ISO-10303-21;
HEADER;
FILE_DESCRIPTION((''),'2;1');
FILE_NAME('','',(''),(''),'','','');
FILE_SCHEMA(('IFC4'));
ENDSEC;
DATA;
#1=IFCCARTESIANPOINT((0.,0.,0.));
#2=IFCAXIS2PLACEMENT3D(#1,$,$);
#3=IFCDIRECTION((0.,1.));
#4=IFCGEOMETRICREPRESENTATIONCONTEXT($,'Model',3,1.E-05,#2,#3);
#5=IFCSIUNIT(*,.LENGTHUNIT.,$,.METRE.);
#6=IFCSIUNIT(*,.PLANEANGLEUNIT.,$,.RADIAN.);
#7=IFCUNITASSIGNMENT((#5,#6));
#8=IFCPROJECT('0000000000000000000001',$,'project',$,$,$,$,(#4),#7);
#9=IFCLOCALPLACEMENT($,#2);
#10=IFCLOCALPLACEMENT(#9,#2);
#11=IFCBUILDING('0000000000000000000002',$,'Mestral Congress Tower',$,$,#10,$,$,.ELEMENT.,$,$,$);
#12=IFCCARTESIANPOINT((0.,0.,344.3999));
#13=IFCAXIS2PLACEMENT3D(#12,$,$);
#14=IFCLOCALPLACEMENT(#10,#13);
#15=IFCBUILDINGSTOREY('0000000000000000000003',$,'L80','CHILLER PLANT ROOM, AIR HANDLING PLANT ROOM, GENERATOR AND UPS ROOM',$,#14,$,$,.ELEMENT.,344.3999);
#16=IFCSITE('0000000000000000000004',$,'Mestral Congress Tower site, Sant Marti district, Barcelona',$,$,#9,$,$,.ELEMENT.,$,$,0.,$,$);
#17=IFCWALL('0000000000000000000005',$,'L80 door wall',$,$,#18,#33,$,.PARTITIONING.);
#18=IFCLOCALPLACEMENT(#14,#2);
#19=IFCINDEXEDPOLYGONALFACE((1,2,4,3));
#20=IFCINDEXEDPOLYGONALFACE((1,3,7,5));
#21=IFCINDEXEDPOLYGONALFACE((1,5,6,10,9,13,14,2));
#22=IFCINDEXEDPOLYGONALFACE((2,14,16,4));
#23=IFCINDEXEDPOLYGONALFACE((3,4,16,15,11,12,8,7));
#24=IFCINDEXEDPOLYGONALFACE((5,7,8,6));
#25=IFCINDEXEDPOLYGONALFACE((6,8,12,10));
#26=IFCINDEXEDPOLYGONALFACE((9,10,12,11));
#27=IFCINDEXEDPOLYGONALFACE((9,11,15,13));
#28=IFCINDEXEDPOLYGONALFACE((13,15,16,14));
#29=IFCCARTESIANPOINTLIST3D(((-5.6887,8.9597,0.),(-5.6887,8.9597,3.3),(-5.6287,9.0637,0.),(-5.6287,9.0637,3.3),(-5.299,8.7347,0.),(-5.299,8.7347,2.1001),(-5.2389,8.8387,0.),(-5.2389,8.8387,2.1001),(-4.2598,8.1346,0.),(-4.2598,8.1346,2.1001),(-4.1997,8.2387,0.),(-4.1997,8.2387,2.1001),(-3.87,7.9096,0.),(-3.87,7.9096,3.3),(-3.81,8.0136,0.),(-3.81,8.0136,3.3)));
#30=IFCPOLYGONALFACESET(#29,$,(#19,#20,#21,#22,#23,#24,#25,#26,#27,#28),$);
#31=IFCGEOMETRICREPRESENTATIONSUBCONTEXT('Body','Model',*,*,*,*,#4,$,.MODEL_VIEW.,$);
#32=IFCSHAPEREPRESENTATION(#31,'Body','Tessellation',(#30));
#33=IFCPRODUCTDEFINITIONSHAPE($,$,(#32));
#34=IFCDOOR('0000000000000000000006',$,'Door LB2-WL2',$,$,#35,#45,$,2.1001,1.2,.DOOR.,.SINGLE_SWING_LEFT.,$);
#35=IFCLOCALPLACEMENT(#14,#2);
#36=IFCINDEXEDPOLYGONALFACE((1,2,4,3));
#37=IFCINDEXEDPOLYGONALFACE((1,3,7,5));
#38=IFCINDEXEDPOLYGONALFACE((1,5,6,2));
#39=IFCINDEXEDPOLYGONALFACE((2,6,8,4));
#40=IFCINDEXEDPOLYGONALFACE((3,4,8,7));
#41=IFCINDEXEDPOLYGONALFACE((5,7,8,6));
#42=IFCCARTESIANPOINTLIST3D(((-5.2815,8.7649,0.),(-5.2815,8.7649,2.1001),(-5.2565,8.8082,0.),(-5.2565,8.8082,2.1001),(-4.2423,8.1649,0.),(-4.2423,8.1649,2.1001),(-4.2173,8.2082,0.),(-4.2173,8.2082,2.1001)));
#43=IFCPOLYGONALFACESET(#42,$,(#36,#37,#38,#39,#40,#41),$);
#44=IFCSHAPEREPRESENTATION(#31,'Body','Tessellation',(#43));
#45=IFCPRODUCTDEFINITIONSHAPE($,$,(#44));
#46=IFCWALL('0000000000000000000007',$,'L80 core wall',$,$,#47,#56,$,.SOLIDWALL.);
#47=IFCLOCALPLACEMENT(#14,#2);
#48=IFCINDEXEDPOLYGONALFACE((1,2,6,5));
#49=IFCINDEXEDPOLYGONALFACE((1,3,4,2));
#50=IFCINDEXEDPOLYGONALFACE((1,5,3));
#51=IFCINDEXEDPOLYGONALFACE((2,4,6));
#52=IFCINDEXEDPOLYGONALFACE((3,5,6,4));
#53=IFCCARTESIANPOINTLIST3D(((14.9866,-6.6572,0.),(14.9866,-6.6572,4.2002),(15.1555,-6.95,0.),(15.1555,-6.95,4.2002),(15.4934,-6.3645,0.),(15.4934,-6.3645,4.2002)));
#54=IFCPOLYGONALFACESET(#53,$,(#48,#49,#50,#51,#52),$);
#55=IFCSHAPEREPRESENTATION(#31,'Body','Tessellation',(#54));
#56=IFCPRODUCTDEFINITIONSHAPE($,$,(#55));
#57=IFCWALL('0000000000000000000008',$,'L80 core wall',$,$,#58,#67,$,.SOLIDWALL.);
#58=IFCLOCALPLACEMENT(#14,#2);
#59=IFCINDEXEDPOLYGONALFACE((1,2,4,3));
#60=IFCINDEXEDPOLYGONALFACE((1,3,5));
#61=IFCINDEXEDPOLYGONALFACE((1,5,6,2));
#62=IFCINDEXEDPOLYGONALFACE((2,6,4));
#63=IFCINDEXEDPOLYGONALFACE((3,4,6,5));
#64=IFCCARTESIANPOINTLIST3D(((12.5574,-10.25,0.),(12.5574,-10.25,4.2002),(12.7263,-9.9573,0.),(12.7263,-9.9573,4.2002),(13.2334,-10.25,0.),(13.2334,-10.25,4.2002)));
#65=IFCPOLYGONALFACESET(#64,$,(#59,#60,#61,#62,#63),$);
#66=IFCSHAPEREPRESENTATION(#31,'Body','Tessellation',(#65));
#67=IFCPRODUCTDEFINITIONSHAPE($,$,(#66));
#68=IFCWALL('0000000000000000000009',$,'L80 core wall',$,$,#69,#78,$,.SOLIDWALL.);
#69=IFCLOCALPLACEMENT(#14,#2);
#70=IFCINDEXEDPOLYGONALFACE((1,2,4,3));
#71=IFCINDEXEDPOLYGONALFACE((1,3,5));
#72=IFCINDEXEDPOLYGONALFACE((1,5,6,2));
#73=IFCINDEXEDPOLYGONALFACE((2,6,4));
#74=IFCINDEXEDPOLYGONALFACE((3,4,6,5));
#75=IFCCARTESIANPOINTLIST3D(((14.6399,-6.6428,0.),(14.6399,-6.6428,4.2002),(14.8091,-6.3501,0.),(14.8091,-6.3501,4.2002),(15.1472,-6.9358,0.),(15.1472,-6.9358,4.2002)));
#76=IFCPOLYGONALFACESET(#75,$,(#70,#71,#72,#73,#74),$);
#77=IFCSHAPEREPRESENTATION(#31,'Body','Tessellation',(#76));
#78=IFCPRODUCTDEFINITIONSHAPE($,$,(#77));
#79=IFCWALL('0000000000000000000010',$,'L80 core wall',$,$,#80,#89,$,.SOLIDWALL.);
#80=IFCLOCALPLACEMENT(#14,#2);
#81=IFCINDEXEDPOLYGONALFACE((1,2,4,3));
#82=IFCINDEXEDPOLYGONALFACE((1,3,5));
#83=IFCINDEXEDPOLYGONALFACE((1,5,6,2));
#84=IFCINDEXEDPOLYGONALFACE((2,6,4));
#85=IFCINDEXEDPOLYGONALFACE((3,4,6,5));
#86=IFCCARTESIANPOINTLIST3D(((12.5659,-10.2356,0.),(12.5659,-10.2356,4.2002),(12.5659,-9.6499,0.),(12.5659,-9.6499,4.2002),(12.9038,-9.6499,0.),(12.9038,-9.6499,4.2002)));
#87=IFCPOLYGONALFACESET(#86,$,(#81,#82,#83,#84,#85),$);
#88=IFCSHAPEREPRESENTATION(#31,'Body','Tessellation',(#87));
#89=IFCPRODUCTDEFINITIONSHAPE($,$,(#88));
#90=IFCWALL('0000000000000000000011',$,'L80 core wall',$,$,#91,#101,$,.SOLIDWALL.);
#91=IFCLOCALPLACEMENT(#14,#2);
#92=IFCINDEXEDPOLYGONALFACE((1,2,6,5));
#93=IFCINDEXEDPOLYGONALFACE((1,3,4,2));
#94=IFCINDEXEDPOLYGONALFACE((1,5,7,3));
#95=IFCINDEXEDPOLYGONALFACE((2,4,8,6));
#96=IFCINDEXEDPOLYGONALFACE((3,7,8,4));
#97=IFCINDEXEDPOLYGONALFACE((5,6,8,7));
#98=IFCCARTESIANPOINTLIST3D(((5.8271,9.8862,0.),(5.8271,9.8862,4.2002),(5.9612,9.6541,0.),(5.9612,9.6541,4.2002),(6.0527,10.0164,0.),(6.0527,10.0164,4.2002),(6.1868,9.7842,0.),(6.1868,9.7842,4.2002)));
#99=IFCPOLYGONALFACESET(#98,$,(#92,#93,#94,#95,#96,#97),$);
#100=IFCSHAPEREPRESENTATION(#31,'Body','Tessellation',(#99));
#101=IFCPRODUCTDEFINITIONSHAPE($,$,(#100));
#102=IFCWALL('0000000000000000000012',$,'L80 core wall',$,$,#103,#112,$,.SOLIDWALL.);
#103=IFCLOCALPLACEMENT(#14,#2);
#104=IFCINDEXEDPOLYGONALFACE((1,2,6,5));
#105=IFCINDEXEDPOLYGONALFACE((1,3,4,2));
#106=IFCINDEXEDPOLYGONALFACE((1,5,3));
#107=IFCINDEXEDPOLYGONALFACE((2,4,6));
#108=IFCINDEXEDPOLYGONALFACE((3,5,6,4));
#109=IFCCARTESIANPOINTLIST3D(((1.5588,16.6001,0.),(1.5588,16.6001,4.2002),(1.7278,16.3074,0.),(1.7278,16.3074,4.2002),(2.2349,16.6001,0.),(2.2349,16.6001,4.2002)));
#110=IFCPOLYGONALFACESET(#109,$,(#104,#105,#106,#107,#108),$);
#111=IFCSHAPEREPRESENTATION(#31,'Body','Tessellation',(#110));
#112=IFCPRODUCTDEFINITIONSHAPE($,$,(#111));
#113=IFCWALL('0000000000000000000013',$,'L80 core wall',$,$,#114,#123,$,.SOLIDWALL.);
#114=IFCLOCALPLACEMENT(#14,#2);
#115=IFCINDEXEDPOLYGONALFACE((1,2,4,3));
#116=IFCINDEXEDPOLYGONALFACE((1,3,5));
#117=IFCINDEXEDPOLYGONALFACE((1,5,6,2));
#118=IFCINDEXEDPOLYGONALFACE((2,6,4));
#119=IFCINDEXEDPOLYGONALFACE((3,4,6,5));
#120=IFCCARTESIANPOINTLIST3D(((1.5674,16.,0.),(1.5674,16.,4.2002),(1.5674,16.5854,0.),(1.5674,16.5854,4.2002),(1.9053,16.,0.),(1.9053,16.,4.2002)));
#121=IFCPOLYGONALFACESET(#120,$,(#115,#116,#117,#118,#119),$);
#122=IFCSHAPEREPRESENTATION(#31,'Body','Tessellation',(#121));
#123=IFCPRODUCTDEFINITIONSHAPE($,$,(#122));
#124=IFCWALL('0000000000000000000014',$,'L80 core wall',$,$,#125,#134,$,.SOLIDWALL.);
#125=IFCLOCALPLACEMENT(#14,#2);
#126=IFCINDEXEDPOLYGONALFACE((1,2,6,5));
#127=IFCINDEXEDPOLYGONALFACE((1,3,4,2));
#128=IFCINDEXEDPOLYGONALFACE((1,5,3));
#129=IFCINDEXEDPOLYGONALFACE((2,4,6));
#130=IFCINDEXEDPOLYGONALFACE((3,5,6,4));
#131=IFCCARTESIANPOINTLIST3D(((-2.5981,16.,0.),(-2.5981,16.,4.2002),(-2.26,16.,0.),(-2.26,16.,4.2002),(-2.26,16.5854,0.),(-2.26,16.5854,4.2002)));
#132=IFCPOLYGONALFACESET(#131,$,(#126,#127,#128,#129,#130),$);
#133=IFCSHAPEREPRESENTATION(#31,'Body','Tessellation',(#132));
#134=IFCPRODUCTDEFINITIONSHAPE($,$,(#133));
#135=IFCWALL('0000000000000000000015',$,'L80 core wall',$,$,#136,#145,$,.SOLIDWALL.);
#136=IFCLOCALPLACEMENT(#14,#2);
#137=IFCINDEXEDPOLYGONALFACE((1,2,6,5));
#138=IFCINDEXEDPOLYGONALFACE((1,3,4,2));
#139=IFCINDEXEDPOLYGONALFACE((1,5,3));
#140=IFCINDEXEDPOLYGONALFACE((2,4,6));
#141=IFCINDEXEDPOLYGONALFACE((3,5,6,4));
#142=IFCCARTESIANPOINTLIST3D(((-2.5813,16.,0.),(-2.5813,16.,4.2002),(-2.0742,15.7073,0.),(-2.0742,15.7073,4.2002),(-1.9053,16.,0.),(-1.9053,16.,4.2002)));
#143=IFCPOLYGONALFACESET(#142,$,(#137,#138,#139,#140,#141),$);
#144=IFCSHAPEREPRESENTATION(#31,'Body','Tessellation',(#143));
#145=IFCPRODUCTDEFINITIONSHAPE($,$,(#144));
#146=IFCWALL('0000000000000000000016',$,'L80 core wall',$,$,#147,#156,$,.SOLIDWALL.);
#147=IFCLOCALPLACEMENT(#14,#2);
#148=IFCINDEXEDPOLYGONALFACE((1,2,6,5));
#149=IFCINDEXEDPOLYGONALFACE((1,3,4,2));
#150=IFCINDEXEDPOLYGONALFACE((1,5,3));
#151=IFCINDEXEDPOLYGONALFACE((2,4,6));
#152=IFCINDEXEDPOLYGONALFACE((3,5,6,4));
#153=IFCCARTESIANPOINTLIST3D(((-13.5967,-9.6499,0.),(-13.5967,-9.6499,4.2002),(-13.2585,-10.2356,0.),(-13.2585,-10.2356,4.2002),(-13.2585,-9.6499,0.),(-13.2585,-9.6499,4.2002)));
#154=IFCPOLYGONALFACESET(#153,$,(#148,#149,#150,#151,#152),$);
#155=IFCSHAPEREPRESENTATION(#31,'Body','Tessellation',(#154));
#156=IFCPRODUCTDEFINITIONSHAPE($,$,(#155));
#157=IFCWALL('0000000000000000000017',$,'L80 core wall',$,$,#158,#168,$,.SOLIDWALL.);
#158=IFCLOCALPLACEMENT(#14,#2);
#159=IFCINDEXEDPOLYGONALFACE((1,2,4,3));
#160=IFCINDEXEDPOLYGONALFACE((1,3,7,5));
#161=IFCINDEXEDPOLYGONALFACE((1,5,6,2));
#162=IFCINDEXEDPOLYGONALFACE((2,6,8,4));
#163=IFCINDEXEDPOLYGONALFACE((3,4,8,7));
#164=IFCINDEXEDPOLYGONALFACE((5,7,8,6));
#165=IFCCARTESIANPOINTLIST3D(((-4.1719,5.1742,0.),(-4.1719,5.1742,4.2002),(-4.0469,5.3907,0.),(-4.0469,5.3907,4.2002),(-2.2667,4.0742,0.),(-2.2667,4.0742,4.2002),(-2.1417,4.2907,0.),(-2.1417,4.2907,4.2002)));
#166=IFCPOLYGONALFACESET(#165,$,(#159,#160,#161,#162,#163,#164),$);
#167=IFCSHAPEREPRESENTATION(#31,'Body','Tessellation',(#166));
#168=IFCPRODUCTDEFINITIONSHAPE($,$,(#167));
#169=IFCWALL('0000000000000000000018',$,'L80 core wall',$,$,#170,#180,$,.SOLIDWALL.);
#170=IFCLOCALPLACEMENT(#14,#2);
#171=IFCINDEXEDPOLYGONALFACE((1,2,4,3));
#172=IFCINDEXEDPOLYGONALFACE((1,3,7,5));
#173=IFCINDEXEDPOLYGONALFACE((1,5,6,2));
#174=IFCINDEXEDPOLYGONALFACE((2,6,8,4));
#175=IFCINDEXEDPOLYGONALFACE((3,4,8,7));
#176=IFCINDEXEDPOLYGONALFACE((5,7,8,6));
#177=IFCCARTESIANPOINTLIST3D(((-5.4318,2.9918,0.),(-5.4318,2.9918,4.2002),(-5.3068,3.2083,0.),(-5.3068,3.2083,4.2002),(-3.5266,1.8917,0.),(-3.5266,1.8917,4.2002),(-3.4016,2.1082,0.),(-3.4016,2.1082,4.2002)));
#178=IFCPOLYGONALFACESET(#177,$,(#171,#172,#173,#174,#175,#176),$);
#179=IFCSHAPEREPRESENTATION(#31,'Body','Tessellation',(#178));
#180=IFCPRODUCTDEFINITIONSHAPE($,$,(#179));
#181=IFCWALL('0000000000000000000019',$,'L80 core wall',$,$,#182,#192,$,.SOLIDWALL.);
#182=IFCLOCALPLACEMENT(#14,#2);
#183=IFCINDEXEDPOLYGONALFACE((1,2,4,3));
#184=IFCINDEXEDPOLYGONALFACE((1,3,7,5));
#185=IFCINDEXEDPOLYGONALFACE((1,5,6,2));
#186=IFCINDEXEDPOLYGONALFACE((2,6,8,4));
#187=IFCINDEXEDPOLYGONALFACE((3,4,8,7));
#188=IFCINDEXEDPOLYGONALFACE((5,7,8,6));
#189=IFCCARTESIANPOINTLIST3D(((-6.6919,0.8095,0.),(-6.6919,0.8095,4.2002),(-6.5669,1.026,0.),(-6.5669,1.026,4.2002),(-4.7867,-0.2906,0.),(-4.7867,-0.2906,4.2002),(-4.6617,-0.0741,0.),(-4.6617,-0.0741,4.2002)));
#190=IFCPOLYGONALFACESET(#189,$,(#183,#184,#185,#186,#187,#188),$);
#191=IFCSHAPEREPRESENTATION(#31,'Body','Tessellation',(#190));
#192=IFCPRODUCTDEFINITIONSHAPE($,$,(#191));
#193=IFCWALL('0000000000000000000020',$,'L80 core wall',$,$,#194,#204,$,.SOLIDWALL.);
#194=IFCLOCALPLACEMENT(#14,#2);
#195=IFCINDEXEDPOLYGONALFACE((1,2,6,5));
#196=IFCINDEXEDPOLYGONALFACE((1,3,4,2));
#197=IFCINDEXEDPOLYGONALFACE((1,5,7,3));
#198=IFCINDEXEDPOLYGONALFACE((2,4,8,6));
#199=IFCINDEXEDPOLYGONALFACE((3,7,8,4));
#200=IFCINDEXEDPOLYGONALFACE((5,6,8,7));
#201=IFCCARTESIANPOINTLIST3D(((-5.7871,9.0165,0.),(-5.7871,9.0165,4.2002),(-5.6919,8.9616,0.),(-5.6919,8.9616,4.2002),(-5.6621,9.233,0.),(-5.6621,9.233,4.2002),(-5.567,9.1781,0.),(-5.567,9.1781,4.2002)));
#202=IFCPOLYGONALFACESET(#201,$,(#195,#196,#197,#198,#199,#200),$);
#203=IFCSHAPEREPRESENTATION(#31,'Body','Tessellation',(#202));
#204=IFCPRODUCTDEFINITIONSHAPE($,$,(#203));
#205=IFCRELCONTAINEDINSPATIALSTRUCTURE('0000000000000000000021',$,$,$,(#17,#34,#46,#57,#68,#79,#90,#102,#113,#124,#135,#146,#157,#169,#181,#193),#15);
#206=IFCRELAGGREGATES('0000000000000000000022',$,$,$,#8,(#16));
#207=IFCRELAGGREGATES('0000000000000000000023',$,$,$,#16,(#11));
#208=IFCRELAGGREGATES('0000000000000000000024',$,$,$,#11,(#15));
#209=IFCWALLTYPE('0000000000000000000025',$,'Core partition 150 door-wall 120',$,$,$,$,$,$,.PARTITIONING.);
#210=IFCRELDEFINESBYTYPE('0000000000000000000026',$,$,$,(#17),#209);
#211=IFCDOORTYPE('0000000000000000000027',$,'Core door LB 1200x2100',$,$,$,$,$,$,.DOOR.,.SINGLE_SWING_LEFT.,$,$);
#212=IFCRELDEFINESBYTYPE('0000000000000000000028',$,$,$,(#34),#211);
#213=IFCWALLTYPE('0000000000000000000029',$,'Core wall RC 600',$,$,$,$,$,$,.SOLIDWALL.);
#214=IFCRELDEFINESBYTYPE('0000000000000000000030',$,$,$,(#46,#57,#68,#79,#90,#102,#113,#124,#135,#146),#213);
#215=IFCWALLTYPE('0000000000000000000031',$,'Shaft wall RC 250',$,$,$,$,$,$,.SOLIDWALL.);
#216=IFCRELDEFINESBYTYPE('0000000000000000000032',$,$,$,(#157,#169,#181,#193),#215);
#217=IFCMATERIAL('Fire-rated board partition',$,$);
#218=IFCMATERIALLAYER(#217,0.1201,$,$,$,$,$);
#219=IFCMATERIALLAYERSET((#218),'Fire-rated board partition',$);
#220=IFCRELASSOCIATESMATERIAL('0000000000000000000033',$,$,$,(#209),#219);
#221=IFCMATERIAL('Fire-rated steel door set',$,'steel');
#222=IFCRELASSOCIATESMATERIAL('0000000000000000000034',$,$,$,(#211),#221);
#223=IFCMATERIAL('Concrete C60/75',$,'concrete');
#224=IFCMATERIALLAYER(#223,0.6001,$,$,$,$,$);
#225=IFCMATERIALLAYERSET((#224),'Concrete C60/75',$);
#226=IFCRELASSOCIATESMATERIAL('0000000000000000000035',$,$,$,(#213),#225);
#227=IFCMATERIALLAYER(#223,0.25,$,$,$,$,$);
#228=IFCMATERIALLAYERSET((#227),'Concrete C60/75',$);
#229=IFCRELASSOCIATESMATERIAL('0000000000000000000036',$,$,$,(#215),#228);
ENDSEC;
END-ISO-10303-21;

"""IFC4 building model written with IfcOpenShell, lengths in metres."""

from ifc_helpers import new_model, si_unit, direction, frame, frame_2d, origin, place, context, subcontext, project, spatial, polyline, rectangle, outline, extrude, material, layer, layer_set, type_object, element, fill, save


model = new_model("IFC4")

# Units and contexts
model_context = context("Model", 3, precision=1e-05, world=origin(), true_north=direction((0.0, 1.0)))
body_context = subcontext(model_context, "Body", "Model", "MODEL_VIEW")
ifc_project = project(units=[si_unit("LENGTHUNIT", "METRE"), si_unit("PLANEANGLEUNIT", "RADIAN")], contexts=[model_context])

# Site, building, storey
site_placement = place(None, origin())
site = spatial("IfcSite", under=ifc_project, at=site_placement, Name="Mestral Congress Tower site, Sant Marti district, Barcelona", CompositionType="ELEMENT", RefElevation=0.0)
building_placement = place(site_placement, origin())
building = spatial("IfcBuilding", under=site, at=building_placement, Name="Mestral Congress Tower", CompositionType="ELEMENT")
storey_placement = place(building_placement, frame((0.0, 0.0, 344.3999)))
storey = spatial("IfcBuildingStorey", under=building, at=storey_placement, Name="L80", Description="CHILLER PLANT ROOM, AIR HANDLING PLANT ROOM, GENERATOR AND UPS ROOM", CompositionType="ELEMENT", Elevation=344.3999)

# Shared definitions
ifc_material_1 = material(Name="Concrete C60/75", Category="concrete")

# Shared definitions
placement_1 = place(storey_placement, origin())

# Shared definitions
ifc_material_2 = material(Name="Fire-rated board partition")

# Wall, opening, door
ifc_layer_1 = layer(ifc_material_2, 0.1201)
ifc_layer_set_1 = layer_set([ifc_layer_1], Name="Fire-rated board partition")
wall_type_1 = type_object("IfcWallType", Name="Core partition 150 door-wall 120", PredefinedType="PARTITIONING", material=ifc_layer_set_1)
wall_1_placement = place(storey_placement, frame((-5.6587, 9.0117, 0.0), z_axis=(0.0, 0.0, 1.0), x_axis=(0.866009, -0.500028, 0.0)))
wall_1 = element("IfcWall", 1, at=wall_1_placement, inside=storey, type_object=wall_type_1, Name="L80 door wall", PredefinedType="PARTITIONING", context=body_context, shape_type="SweptSolid", body=[
    extrude(rectangle(XDim=2.1001, YDim=0.1201, at=frame_2d((1.05, 0.0))), origin(), (0.0, 0.0, 1.0), 3.3),
])
opening_1_placement = place(wall_1_placement, frame((0.45, 0.0, 0.0)))
opening_1 = element("IfcOpeningElement", 2, at=opening_1_placement, cuts=wall_1, PredefinedType="OPENING", context=body_context, shape_type="SweptSolid", body=[
    extrude(rectangle(XDim=1.2, YDim=2.1001, at=frame_2d((0.6001, 1.05))), frame((0.0, 0.0701, 0.0), z_axis=(0.0, -1.0, 0.0), x_axis=(1.0, 0.0, 0.0)), (0.0, 0.0, 1.0), 0.1401),
])
ifc_material_3 = material(Name="Fire-rated steel door set", Category="steel")
door_type_1 = type_object("IfcDoorType", Name="Core door LB 1200x2100", OperationType="SINGLE_SWING_LEFT", PredefinedType="DOOR", material=ifc_material_3)
door_1_placement = place(opening_1_placement, origin())
door_1 = element("IfcDoor", 3, at=door_1_placement, inside=storey, type_object=door_type_1, Name="Door LB2-WL2", OperationType="SINGLE_SWING_LEFT", OverallHeight=2.1001, OverallWidth=1.2, PredefinedType="DOOR", context=body_context, shape_type="SweptSolid", body=[
    extrude(rectangle(XDim=1.2, YDim=2.1001, at=frame_2d((0.6001, 1.05))), frame((0.0, 0.0249, 0.0), z_axis=(0.0, -1.0, 0.0), x_axis=(1.0, 0.0, 0.0)), (0.0, 0.0, 1.0), 0.05),
])
fill(opening_1, door_1)

# Walls
ifc_layer_2 = layer(ifc_material_1, 0.6001)
ifc_layer_set_2 = layer_set([ifc_layer_2], Name="Concrete C60/75")
wall_type_2 = type_object("IfcWallType", Name="Core wall RC 600", PredefinedType="SOLIDWALL", material=ifc_layer_set_2)
element("IfcWall", 4, at=placement_1, inside=storey, type_object=wall_type_2, Name="L80 core wall", PredefinedType="SOLIDWALL", context=body_context, shape_type="SweptSolid", body=[
    extrude(outline(polyline([(15.1555, -6.95), (14.9866, -6.6572), (15.4934, -6.3645), (15.1555, -6.95)])), origin(), (0.0, 0.0, 1.0), 4.2002),
])
element("IfcWall", 5, at=placement_1, inside=storey, type_object=wall_type_2, Name="L80 core wall", PredefinedType="SOLIDWALL", context=body_context, shape_type="SweptSolid", body=[
    extrude(outline(polyline([(12.7263, -9.9573), (13.2334, -10.25), (12.5574, -10.25), (12.7263, -9.9573)])), origin(), (0.0, 0.0, 1.0), 4.2002),
])
element("IfcWall", 6, at=placement_1, inside=storey, type_object=wall_type_2, Name="L80 core wall", PredefinedType="SOLIDWALL", context=body_context, shape_type="SweptSolid", body=[
    extrude(outline(polyline([(14.8091, -6.3501), (15.1472, -6.9358), (14.6399, -6.6428), (14.8091, -6.3501)])), origin(), (0.0, 0.0, 1.0), 4.2002),
])
element("IfcWall", 7, at=placement_1, inside=storey, type_object=wall_type_2, Name="L80 core wall", PredefinedType="SOLIDWALL", context=body_context, shape_type="SweptSolid", body=[
    extrude(outline(polyline([(12.9038, -9.6499), (12.5659, -10.2356), (12.5659, -9.6499), (12.9038, -9.6499)])), origin(), (0.0, 0.0, 1.0), 4.2002),
])
element("IfcWall", 8, at=placement_1, inside=storey, type_object=wall_type_2, Name="L80 core wall", PredefinedType="SOLIDWALL", context=body_context, shape_type="SweptSolid", body=[
    extrude(outline(polyline([(6.0527, 10.0164), (6.1868, 9.7842), (5.9612, 9.6541), (5.8271, 9.8862), (6.0527, 10.0164)])), origin(), (0.0, 0.0, 1.0), 4.2002),
])
element("IfcWall", 9, at=placement_1, inside=storey, type_object=wall_type_2, Name="L80 core wall", PredefinedType="SOLIDWALL", context=body_context, shape_type="SweptSolid", body=[
    extrude(outline(polyline([(1.5588, 16.6001), (2.2349, 16.6001), (1.7278, 16.3074), (1.5588, 16.6001)])), origin(), (0.0, 0.0, 1.0), 4.2002),
])
element("IfcWall", 10, at=placement_1, inside=storey, type_object=wall_type_2, Name="L80 core wall", PredefinedType="SOLIDWALL", context=body_context, shape_type="SweptSolid", body=[
    extrude(outline(polyline([(1.9053, 16.0), (1.5674, 16.0), (1.5674, 16.5854), (1.9053, 16.0)])), origin(), (0.0, 0.0, 1.0), 4.2002),
])
element("IfcWall", 11, at=placement_1, inside=storey, type_object=wall_type_2, Name="L80 core wall", PredefinedType="SOLIDWALL", context=body_context, shape_type="SweptSolid", body=[
    extrude(outline(polyline([(-2.5981, 16.0), (-2.26, 16.5854), (-2.26, 16.0), (-2.5981, 16.0)])), origin(), (0.0, 0.0, 1.0), 4.2002),
])
element("IfcWall", 12, at=placement_1, inside=storey, type_object=wall_type_2, Name="L80 core wall", PredefinedType="SOLIDWALL", context=body_context, shape_type="SweptSolid", body=[
    extrude(outline(polyline([(-1.9053, 16.0), (-2.0742, 15.7073), (-2.5813, 16.0), (-1.9053, 16.0)])), origin(), (0.0, 0.0, 1.0), 4.2002),
])
element("IfcWall", 13, at=placement_1, inside=storey, type_object=wall_type_2, Name="L80 core wall", PredefinedType="SOLIDWALL", context=body_context, shape_type="SweptSolid", body=[
    extrude(outline(polyline([(-13.5967, -9.6499), (-13.2585, -9.6499), (-13.2585, -10.2356), (-13.5967, -9.6499)])), origin(), (0.0, 0.0, 1.0), 4.2002),
])
ifc_layer_3 = layer(ifc_material_1, 0.25)
ifc_layer_set_3 = layer_set([ifc_layer_3], Name="Concrete C60/75")
wall_type_3 = type_object("IfcWallType", Name="Shaft wall RC 250", PredefinedType="SOLIDWALL", material=ifc_layer_set_3)
for number, where, z_axis, x_axis, name in (
    (14, (-2.2041, 4.1824, 0.0), (0.0, 0.0, 1.0), (-0.866008, 0.50003, 0.0), "L80 core wall"),
    (15, (-5.3694, 3.1001, 0.0), (0.0, 0.0, 1.0), (0.866008, -0.50003, 0.0), "L80 core wall"),
    (16, (-4.7241, -0.1824, 0.0), (0.0, 0.0, 1.0), (-0.866008, 0.50003, 0.0), "L80 core wall"),
):
    element("IfcWall", number, at=place(storey_placement, frame(where, z_axis=z_axis, x_axis=x_axis)), inside=storey, type_object=wall_type_3, Name=name, PredefinedType="SOLIDWALL", context=body_context, shape_type="SweptSolid", body=[
        extrude(rectangle(XDim=2.2, YDim=0.25, at=frame_2d((1.1001, 0.0))), origin(), (0.0, 0.0, 1.0), 4.2002),
    ])
wall_2_placement = place(storey_placement, frame((-5.7246, 9.1248, 0.0), z_axis=(0.0, 0.0, 1.0), x_axis=(0.866186, -0.499722, 0.0)))
element("IfcWall", 17, at=wall_2_placement, inside=storey, type_object=wall_type_3, Name="L80 core wall", PredefinedType="SOLIDWALL", context=body_context, shape_type="SweptSolid", body=[
    extrude(rectangle(XDim=0.1099, YDim=0.25, at=frame_2d((0.0549, 0.0))), origin(), (0.0, 0.0, 1.0), 4.2002),
])

save(model, "model.ifc")
